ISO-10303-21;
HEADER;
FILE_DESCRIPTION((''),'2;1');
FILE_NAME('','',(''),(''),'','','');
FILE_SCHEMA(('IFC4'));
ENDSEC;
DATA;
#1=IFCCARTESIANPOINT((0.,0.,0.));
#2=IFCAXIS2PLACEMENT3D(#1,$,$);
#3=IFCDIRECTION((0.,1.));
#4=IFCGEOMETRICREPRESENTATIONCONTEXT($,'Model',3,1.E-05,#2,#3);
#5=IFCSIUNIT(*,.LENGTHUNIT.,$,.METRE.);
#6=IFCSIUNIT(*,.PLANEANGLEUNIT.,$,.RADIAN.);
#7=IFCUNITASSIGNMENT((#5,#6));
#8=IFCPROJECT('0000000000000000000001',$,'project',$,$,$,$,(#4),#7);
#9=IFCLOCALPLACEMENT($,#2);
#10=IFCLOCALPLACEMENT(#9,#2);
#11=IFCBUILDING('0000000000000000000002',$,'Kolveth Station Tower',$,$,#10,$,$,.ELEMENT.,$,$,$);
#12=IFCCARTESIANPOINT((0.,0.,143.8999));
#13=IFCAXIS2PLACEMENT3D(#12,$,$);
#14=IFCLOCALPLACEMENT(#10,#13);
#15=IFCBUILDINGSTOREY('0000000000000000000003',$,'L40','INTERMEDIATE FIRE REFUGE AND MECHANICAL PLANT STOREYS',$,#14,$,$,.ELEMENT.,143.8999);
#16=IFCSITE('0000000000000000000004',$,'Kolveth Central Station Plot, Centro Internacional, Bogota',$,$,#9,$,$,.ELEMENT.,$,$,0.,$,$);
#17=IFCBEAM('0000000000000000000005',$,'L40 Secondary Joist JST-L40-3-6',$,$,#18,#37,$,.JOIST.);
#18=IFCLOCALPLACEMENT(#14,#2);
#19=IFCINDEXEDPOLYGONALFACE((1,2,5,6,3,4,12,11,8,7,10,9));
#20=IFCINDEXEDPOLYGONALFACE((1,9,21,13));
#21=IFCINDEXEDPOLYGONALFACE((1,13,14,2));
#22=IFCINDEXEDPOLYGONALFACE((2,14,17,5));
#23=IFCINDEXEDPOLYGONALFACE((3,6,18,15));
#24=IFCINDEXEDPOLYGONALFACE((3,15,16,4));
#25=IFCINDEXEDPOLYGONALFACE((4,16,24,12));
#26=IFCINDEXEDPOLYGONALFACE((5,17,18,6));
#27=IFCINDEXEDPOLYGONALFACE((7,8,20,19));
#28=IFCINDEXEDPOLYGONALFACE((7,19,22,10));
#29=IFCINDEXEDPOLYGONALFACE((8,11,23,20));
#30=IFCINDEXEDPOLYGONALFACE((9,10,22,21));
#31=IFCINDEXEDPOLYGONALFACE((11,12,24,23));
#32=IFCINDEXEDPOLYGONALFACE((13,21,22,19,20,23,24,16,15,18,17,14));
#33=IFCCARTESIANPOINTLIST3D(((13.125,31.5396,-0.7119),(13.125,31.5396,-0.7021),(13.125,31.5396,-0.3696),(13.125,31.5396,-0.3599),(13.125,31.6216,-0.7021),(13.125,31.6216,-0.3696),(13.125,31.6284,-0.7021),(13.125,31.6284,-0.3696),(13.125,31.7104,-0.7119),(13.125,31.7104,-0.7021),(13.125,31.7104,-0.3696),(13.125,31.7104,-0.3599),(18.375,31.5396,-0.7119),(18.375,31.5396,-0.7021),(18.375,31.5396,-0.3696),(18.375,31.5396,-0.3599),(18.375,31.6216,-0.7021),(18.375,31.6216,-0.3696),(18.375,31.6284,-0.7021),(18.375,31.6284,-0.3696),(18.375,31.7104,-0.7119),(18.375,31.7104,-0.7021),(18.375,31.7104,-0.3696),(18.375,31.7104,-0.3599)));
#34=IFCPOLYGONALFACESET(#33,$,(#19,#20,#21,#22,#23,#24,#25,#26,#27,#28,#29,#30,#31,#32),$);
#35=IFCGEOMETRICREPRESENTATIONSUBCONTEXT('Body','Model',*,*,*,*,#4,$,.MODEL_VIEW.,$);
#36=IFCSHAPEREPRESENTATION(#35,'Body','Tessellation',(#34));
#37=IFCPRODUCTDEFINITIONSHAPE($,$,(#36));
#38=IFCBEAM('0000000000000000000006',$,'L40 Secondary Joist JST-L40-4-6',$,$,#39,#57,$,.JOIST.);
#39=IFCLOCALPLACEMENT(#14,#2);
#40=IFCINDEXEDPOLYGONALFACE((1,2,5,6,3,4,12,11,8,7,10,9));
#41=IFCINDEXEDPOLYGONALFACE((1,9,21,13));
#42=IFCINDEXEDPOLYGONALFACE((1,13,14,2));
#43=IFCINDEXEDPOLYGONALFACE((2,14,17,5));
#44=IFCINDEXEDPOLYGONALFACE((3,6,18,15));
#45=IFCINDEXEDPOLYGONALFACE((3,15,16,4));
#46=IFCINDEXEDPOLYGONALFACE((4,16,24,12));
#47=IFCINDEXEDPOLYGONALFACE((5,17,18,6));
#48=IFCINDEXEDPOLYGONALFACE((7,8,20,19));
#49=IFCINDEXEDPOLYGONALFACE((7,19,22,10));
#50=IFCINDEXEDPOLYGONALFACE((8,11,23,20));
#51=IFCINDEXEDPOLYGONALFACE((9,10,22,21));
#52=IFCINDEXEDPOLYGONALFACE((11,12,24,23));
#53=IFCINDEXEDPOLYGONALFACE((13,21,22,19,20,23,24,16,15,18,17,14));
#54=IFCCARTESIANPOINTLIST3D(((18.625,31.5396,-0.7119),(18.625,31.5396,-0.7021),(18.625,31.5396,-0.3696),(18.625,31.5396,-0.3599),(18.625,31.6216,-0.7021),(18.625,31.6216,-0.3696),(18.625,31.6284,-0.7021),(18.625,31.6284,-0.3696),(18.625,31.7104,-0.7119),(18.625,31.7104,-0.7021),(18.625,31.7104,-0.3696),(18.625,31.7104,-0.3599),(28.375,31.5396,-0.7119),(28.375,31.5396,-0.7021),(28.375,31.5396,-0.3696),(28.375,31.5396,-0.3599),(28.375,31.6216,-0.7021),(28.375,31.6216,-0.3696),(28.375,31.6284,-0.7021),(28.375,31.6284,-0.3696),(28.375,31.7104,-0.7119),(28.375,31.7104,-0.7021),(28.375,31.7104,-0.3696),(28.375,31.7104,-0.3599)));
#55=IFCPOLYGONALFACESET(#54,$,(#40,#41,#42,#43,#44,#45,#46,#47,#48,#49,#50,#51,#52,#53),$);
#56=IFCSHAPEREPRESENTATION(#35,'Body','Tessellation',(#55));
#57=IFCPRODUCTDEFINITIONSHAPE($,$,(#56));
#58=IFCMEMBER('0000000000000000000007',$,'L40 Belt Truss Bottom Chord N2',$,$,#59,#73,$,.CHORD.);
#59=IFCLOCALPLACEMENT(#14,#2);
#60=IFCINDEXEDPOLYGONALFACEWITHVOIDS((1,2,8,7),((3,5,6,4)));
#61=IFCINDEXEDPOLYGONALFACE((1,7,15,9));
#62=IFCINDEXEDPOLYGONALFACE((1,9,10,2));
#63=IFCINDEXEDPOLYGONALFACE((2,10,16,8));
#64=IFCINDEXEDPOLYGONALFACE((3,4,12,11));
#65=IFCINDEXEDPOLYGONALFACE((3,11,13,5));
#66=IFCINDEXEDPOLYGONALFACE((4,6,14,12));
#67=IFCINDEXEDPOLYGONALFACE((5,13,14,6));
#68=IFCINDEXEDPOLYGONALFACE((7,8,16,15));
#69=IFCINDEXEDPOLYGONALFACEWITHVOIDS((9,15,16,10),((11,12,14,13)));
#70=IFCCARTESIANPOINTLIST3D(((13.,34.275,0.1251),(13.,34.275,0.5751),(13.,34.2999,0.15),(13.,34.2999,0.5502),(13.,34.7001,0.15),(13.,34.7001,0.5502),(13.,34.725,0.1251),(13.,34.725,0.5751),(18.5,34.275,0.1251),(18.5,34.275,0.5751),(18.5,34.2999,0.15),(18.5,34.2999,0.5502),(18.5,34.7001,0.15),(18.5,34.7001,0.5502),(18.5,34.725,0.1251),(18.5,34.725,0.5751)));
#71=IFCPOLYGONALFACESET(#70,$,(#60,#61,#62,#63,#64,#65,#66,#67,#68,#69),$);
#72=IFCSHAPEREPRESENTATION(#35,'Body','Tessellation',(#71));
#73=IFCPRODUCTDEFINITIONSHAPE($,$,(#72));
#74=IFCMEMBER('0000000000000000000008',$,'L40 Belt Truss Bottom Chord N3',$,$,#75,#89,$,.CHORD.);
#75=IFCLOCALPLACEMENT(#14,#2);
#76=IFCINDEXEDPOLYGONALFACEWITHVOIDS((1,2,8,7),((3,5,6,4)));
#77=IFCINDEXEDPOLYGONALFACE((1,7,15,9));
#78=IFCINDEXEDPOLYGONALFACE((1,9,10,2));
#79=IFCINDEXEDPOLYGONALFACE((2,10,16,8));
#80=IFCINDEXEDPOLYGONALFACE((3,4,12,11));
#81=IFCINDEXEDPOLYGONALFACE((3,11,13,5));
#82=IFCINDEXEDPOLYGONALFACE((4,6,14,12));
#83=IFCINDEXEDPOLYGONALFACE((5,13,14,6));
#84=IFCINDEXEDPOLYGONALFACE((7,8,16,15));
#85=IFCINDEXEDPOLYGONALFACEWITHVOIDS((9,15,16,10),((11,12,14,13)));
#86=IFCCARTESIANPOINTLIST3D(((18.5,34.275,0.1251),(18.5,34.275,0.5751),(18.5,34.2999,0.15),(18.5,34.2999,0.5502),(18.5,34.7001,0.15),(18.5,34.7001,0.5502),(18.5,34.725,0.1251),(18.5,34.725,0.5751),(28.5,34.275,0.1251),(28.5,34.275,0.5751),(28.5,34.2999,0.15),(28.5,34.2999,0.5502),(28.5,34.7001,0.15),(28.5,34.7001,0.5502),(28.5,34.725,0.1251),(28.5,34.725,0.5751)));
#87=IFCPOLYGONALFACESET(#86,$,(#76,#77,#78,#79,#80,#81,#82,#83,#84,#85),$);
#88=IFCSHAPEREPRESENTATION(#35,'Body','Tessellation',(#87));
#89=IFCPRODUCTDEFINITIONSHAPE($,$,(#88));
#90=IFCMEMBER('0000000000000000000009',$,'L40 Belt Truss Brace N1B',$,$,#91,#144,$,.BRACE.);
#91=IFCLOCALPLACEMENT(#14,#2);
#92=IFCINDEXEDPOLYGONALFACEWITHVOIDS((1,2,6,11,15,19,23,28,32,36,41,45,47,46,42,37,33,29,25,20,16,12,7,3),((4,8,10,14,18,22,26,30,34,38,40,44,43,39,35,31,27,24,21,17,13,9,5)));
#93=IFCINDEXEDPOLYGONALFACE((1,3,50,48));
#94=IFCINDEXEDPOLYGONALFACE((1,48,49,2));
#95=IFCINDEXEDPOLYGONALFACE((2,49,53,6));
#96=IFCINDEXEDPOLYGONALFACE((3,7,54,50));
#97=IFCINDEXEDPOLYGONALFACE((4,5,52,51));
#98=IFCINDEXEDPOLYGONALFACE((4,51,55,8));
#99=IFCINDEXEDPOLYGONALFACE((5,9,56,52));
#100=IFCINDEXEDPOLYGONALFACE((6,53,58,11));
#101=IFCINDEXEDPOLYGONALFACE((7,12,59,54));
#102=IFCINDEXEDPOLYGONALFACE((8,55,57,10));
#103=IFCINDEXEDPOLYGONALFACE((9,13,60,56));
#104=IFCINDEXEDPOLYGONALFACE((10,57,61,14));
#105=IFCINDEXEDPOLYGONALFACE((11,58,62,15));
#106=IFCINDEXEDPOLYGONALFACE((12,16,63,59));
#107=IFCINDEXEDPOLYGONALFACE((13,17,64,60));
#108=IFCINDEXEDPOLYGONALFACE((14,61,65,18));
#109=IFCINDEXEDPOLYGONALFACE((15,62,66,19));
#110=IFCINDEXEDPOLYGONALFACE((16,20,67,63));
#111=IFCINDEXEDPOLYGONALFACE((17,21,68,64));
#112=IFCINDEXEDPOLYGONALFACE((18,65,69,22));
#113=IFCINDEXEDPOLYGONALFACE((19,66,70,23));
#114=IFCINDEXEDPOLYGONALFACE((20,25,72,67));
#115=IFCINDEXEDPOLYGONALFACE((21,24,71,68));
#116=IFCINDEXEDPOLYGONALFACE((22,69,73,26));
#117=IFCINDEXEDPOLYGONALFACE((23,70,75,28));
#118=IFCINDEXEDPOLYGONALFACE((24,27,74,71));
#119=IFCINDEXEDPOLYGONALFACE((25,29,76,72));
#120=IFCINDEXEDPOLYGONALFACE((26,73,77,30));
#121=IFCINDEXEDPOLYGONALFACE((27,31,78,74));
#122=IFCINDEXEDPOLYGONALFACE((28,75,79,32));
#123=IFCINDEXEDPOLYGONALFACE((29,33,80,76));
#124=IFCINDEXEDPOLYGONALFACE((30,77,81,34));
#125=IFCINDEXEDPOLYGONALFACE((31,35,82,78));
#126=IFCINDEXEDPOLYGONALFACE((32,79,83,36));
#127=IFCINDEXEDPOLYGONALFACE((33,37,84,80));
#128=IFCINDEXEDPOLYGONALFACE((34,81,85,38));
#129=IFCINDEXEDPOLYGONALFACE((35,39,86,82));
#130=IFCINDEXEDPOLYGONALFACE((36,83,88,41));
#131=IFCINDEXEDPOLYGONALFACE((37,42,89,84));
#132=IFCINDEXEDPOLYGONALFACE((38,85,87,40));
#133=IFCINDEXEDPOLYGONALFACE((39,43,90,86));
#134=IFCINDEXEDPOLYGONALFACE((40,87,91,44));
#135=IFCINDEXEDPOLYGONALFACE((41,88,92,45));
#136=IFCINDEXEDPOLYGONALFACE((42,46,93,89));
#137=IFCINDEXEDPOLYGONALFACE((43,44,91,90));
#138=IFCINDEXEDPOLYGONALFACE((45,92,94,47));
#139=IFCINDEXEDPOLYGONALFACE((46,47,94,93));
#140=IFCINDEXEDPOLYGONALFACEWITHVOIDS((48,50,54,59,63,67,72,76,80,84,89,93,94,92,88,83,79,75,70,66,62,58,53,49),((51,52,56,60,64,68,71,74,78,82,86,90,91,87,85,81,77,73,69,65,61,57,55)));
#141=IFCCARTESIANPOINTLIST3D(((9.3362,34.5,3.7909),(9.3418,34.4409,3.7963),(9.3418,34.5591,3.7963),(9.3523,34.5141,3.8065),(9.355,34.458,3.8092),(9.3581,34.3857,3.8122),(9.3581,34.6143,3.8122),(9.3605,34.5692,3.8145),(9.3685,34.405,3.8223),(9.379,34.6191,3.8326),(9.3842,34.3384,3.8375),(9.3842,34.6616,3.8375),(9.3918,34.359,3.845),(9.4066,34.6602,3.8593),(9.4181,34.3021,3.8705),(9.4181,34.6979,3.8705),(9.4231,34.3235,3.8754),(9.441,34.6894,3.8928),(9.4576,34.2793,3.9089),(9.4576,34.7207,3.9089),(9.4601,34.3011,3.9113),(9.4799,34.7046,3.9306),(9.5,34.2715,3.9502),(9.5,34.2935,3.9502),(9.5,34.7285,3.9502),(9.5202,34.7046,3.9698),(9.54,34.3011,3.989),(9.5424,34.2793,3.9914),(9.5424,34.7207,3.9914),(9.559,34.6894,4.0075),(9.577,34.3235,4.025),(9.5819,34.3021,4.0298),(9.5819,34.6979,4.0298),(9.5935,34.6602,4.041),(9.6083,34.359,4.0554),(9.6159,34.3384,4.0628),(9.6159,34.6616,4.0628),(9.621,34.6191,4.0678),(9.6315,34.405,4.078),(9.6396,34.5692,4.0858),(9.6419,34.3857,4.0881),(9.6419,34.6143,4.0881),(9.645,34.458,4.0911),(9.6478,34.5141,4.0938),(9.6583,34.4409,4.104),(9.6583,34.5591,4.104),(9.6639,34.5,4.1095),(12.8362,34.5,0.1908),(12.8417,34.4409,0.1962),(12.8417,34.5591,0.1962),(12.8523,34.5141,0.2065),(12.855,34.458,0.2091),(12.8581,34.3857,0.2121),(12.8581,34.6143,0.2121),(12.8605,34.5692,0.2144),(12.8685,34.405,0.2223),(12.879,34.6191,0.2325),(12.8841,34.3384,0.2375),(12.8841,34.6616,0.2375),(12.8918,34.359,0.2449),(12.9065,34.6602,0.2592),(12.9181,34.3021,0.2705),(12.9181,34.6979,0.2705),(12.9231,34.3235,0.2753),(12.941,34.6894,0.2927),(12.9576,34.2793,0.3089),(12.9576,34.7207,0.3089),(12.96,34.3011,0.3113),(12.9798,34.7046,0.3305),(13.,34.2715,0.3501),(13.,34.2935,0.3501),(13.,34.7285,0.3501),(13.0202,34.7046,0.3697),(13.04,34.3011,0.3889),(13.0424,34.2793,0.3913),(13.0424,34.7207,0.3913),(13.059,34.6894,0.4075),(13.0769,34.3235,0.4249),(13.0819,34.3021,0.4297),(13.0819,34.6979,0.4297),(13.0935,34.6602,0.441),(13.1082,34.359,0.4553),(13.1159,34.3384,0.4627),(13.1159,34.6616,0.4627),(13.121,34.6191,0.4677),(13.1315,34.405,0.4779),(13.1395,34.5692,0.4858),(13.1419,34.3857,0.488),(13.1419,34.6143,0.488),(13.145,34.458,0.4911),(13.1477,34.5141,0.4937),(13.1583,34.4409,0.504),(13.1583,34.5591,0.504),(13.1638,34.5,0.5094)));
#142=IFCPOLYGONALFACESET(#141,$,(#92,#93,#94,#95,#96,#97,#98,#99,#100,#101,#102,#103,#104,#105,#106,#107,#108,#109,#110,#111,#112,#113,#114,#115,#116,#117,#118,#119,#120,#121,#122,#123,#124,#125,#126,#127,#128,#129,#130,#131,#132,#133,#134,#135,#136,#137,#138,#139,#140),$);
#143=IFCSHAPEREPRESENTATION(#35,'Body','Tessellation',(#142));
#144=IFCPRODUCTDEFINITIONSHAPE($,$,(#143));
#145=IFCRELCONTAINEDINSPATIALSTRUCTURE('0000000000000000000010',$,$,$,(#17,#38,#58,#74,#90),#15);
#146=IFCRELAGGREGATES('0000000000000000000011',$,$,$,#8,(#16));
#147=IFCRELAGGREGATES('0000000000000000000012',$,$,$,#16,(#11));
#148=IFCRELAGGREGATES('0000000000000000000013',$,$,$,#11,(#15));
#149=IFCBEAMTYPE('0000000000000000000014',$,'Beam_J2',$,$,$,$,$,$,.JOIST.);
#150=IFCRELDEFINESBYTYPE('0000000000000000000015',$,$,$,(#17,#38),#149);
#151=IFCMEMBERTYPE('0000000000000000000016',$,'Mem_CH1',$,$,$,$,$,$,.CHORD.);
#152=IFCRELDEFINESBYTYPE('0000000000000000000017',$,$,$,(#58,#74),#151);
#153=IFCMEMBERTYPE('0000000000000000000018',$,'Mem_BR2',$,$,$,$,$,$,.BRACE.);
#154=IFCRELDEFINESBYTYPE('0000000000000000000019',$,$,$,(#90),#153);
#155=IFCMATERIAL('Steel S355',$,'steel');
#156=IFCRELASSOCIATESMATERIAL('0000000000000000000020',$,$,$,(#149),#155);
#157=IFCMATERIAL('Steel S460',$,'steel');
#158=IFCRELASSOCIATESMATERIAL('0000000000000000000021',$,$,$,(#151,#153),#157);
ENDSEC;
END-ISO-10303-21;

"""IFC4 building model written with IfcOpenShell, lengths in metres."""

from ifc_helpers import new_model, si_unit, direction, frame, origin, origin_2d, place, context, subcontext, project, spatial, hollow_rectangle, hollow_circle, i_section, extrude, source, transform, mapped, material, material_profile, profile_set, type_object, element, save


model = new_model("IFC4")

# Units and contexts
model_context = context("Model", 3, precision=1e-05, world=origin(), true_north=direction((0.0, 1.0)))
body_context = subcontext(model_context, "Body", "Model", "MODEL_VIEW")
ifc_project = project(units=[si_unit("LENGTHUNIT", "METRE"), si_unit("PLANEANGLEUNIT", "RADIAN")], contexts=[model_context])

# Site, building, storey
site_placement = place(None, origin())
site = spatial("IfcSite", under=ifc_project, at=site_placement, Name="Kolveth Central Station Plot, Centro Internacional, Bogota", CompositionType="ELEMENT", RefElevation=0.0)
building_placement = place(site_placement, origin())
building = spatial("IfcBuilding", under=site, at=building_placement, Name="Kolveth Station Tower", CompositionType="ELEMENT")
storey_placement = place(building_placement, frame((0.0, 0.0, 143.8999)))
storey = spatial("IfcBuildingStorey", under=building, at=storey_placement, Name="L40", Description="INTERMEDIATE FIRE REFUGE AND MECHANICAL PLANT STOREYS", CompositionType="ELEMENT", Elevation=143.8999)

# Shared definitions
ifc_material_1 = material(Name="Steel S460", Category="steel")
ifc_material_2 = material(Name="Steel S355", Category="steel")

# Beams
ifc_material_profile_1 = material_profile(ifc_material_2, i_section(OverallWidth=0.1709, OverallDepth=0.3521, WebThickness=0.0068, FlangeThickness=0.0098, at=origin_2d()), Name="W360x44")
ifc_profile_set_1 = profile_set([ifc_material_profile_1], Name="Steel S355")
beam_type_1 = type_object("IfcBeamType", Name="Beam_J2", PredefinedType="JOIST", material=ifc_profile_set_1)
shared_shape_1 = source(origin(), body_context, "Body", "SweptSolid", [
    extrude(i_section(OverallWidth=0.1709, OverallDepth=0.3521, WebThickness=0.0068, FlangeThickness=0.0098, at=origin_2d()), origin(), (0.0, 0.0, 1.0), 5.25),
])
beam_1_placement = place(storey_placement, frame((13.125, 31.625, -0.5359), z_axis=(1.0, 0.0, 0.0), x_axis=(0.0, 1.0, 0.0)))
element("IfcBeam", 1, at=beam_1_placement, inside=storey, type_object=beam_type_1, Name="L40 Secondary Joist JST-L40-3-6", PredefinedType="JOIST", context=body_context, shape_type="MappedRepresentation", body=[
    mapped(shared_shape_1, transform((0.0, 0.0, 0.0), x_axis=(1.0, 0.0, 0.0), y_axis=(0.0, 1.0, 0.0), z_axis=(0.0, 0.0, 1.0), scale=1.0)),
])
shared_shape_2 = source(origin(), body_context, "Body", "SweptSolid", [
    extrude(i_section(OverallWidth=0.1709, OverallDepth=0.3521, WebThickness=0.0068, FlangeThickness=0.0098, at=origin_2d()), origin(), (0.0, 0.0, 1.0), 9.75),
])
beam_2_placement = place(storey_placement, frame((18.625, 31.625, -0.5359), z_axis=(1.0, 0.0, 0.0), x_axis=(0.0, 1.0, 0.0)))
element("IfcBeam", 2, at=beam_2_placement, inside=storey, type_object=beam_type_1, Name="L40 Secondary Joist JST-L40-4-6", PredefinedType="JOIST", context=body_context, shape_type="MappedRepresentation", body=[
    mapped(shared_shape_2, transform((0.0, 0.0, 0.0), x_axis=(1.0, 0.0, 0.0), y_axis=(0.0, 1.0, 0.0), z_axis=(0.0, 0.0, 1.0), scale=1.0)),
])

# Members
ifc_material_profile_2 = material_profile(ifc_material_1, hollow_rectangle(XDim=0.45, YDim=0.45, WallThickness=0.0249, at=origin_2d()), Name="HSS450x450x25")
ifc_profile_set_2 = profile_set([ifc_material_profile_2], Name="Steel S460")
member_type_1 = type_object("IfcMemberType", Name="Mem_CH1", PredefinedType="CHORD", material=ifc_profile_set_2)
shared_shape_3 = source(origin(), body_context, "Body", "SweptSolid", [
    extrude(hollow_rectangle(XDim=0.45, YDim=0.45, WallThickness=0.0249, at=origin_2d()), origin(), (0.0, 0.0, 1.0), 5.5),
])
member_1_placement = place(storey_placement, frame((13.0, 34.5, 0.3501), z_axis=(1.0, 0.0, 0.0), x_axis=(0.0, 1.0, 0.0)))
element("IfcMember", 3, at=member_1_placement, inside=storey, type_object=member_type_1, Name="L40 Belt Truss Bottom Chord N2", PredefinedType="CHORD", context=body_context, shape_type="MappedRepresentation", body=[
    mapped(shared_shape_3, transform((0.0, 0.0, 0.0), x_axis=(1.0, 0.0, 0.0), y_axis=(0.0, 1.0, 0.0), z_axis=(0.0, 0.0, 1.0), scale=1.0)),
])
shared_shape_4 = source(origin(), body_context, "Body", "SweptSolid", [
    extrude(hollow_rectangle(XDim=0.45, YDim=0.45, WallThickness=0.0249, at=origin_2d()), origin(), (0.0, 0.0, 1.0), 10.0),
])
member_2_placement = place(storey_placement, frame((18.5, 34.5, 0.3501), z_axis=(1.0, 0.0, 0.0), x_axis=(0.0, 1.0, 0.0)))
element("IfcMember", 4, at=member_2_placement, inside=storey, type_object=member_type_1, Name="L40 Belt Truss Bottom Chord N3", PredefinedType="CHORD", context=body_context, shape_type="MappedRepresentation", body=[
    mapped(shared_shape_4, transform((0.0, 0.0, 0.0), x_axis=(1.0, 0.0, 0.0), y_axis=(0.0, 1.0, 0.0), z_axis=(0.0, 0.0, 1.0), scale=1.0)),
])
ifc_material_profile_3 = material_profile(ifc_material_1, hollow_circle(Radius=0.2285, WallThickness=0.022, at=origin_2d()), Name="CHS457x22")
ifc_profile_set_3 = profile_set([ifc_material_profile_3], Name="Steel S460")
member_type_2 = type_object("IfcMemberType", Name="Mem_BR2", PredefinedType="BRACE", material=ifc_profile_set_3)
shared_shape_5 = source(origin(), body_context, "Body", "SweptSolid", [
    extrude(hollow_circle(Radius=0.2285, WallThickness=0.022, at=origin_2d()), origin(), (0.0, 0.0, 1.0), 5.021),
])
member_3_placement = place(storey_placement, frame((13.0, 34.5, 0.3501), z_axis=(-0.697069, 0.0, 0.717004), x_axis=(0.0, -1.0, 0.0)))
element("IfcMember", 5, at=member_3_placement, inside=storey, type_object=member_type_2, Name="L40 Belt Truss Brace N1B", PredefinedType="BRACE", context=body_context, shape_type="MappedRepresentation", body=[
    mapped(shared_shape_5, transform((0.0, 0.0, 0.0), x_axis=(1.0, 0.0, 0.0), y_axis=(0.0, 1.0, 0.0), z_axis=(0.0, 0.0, 1.0), scale=1.0)),
])

save(model, "model.ifc")
